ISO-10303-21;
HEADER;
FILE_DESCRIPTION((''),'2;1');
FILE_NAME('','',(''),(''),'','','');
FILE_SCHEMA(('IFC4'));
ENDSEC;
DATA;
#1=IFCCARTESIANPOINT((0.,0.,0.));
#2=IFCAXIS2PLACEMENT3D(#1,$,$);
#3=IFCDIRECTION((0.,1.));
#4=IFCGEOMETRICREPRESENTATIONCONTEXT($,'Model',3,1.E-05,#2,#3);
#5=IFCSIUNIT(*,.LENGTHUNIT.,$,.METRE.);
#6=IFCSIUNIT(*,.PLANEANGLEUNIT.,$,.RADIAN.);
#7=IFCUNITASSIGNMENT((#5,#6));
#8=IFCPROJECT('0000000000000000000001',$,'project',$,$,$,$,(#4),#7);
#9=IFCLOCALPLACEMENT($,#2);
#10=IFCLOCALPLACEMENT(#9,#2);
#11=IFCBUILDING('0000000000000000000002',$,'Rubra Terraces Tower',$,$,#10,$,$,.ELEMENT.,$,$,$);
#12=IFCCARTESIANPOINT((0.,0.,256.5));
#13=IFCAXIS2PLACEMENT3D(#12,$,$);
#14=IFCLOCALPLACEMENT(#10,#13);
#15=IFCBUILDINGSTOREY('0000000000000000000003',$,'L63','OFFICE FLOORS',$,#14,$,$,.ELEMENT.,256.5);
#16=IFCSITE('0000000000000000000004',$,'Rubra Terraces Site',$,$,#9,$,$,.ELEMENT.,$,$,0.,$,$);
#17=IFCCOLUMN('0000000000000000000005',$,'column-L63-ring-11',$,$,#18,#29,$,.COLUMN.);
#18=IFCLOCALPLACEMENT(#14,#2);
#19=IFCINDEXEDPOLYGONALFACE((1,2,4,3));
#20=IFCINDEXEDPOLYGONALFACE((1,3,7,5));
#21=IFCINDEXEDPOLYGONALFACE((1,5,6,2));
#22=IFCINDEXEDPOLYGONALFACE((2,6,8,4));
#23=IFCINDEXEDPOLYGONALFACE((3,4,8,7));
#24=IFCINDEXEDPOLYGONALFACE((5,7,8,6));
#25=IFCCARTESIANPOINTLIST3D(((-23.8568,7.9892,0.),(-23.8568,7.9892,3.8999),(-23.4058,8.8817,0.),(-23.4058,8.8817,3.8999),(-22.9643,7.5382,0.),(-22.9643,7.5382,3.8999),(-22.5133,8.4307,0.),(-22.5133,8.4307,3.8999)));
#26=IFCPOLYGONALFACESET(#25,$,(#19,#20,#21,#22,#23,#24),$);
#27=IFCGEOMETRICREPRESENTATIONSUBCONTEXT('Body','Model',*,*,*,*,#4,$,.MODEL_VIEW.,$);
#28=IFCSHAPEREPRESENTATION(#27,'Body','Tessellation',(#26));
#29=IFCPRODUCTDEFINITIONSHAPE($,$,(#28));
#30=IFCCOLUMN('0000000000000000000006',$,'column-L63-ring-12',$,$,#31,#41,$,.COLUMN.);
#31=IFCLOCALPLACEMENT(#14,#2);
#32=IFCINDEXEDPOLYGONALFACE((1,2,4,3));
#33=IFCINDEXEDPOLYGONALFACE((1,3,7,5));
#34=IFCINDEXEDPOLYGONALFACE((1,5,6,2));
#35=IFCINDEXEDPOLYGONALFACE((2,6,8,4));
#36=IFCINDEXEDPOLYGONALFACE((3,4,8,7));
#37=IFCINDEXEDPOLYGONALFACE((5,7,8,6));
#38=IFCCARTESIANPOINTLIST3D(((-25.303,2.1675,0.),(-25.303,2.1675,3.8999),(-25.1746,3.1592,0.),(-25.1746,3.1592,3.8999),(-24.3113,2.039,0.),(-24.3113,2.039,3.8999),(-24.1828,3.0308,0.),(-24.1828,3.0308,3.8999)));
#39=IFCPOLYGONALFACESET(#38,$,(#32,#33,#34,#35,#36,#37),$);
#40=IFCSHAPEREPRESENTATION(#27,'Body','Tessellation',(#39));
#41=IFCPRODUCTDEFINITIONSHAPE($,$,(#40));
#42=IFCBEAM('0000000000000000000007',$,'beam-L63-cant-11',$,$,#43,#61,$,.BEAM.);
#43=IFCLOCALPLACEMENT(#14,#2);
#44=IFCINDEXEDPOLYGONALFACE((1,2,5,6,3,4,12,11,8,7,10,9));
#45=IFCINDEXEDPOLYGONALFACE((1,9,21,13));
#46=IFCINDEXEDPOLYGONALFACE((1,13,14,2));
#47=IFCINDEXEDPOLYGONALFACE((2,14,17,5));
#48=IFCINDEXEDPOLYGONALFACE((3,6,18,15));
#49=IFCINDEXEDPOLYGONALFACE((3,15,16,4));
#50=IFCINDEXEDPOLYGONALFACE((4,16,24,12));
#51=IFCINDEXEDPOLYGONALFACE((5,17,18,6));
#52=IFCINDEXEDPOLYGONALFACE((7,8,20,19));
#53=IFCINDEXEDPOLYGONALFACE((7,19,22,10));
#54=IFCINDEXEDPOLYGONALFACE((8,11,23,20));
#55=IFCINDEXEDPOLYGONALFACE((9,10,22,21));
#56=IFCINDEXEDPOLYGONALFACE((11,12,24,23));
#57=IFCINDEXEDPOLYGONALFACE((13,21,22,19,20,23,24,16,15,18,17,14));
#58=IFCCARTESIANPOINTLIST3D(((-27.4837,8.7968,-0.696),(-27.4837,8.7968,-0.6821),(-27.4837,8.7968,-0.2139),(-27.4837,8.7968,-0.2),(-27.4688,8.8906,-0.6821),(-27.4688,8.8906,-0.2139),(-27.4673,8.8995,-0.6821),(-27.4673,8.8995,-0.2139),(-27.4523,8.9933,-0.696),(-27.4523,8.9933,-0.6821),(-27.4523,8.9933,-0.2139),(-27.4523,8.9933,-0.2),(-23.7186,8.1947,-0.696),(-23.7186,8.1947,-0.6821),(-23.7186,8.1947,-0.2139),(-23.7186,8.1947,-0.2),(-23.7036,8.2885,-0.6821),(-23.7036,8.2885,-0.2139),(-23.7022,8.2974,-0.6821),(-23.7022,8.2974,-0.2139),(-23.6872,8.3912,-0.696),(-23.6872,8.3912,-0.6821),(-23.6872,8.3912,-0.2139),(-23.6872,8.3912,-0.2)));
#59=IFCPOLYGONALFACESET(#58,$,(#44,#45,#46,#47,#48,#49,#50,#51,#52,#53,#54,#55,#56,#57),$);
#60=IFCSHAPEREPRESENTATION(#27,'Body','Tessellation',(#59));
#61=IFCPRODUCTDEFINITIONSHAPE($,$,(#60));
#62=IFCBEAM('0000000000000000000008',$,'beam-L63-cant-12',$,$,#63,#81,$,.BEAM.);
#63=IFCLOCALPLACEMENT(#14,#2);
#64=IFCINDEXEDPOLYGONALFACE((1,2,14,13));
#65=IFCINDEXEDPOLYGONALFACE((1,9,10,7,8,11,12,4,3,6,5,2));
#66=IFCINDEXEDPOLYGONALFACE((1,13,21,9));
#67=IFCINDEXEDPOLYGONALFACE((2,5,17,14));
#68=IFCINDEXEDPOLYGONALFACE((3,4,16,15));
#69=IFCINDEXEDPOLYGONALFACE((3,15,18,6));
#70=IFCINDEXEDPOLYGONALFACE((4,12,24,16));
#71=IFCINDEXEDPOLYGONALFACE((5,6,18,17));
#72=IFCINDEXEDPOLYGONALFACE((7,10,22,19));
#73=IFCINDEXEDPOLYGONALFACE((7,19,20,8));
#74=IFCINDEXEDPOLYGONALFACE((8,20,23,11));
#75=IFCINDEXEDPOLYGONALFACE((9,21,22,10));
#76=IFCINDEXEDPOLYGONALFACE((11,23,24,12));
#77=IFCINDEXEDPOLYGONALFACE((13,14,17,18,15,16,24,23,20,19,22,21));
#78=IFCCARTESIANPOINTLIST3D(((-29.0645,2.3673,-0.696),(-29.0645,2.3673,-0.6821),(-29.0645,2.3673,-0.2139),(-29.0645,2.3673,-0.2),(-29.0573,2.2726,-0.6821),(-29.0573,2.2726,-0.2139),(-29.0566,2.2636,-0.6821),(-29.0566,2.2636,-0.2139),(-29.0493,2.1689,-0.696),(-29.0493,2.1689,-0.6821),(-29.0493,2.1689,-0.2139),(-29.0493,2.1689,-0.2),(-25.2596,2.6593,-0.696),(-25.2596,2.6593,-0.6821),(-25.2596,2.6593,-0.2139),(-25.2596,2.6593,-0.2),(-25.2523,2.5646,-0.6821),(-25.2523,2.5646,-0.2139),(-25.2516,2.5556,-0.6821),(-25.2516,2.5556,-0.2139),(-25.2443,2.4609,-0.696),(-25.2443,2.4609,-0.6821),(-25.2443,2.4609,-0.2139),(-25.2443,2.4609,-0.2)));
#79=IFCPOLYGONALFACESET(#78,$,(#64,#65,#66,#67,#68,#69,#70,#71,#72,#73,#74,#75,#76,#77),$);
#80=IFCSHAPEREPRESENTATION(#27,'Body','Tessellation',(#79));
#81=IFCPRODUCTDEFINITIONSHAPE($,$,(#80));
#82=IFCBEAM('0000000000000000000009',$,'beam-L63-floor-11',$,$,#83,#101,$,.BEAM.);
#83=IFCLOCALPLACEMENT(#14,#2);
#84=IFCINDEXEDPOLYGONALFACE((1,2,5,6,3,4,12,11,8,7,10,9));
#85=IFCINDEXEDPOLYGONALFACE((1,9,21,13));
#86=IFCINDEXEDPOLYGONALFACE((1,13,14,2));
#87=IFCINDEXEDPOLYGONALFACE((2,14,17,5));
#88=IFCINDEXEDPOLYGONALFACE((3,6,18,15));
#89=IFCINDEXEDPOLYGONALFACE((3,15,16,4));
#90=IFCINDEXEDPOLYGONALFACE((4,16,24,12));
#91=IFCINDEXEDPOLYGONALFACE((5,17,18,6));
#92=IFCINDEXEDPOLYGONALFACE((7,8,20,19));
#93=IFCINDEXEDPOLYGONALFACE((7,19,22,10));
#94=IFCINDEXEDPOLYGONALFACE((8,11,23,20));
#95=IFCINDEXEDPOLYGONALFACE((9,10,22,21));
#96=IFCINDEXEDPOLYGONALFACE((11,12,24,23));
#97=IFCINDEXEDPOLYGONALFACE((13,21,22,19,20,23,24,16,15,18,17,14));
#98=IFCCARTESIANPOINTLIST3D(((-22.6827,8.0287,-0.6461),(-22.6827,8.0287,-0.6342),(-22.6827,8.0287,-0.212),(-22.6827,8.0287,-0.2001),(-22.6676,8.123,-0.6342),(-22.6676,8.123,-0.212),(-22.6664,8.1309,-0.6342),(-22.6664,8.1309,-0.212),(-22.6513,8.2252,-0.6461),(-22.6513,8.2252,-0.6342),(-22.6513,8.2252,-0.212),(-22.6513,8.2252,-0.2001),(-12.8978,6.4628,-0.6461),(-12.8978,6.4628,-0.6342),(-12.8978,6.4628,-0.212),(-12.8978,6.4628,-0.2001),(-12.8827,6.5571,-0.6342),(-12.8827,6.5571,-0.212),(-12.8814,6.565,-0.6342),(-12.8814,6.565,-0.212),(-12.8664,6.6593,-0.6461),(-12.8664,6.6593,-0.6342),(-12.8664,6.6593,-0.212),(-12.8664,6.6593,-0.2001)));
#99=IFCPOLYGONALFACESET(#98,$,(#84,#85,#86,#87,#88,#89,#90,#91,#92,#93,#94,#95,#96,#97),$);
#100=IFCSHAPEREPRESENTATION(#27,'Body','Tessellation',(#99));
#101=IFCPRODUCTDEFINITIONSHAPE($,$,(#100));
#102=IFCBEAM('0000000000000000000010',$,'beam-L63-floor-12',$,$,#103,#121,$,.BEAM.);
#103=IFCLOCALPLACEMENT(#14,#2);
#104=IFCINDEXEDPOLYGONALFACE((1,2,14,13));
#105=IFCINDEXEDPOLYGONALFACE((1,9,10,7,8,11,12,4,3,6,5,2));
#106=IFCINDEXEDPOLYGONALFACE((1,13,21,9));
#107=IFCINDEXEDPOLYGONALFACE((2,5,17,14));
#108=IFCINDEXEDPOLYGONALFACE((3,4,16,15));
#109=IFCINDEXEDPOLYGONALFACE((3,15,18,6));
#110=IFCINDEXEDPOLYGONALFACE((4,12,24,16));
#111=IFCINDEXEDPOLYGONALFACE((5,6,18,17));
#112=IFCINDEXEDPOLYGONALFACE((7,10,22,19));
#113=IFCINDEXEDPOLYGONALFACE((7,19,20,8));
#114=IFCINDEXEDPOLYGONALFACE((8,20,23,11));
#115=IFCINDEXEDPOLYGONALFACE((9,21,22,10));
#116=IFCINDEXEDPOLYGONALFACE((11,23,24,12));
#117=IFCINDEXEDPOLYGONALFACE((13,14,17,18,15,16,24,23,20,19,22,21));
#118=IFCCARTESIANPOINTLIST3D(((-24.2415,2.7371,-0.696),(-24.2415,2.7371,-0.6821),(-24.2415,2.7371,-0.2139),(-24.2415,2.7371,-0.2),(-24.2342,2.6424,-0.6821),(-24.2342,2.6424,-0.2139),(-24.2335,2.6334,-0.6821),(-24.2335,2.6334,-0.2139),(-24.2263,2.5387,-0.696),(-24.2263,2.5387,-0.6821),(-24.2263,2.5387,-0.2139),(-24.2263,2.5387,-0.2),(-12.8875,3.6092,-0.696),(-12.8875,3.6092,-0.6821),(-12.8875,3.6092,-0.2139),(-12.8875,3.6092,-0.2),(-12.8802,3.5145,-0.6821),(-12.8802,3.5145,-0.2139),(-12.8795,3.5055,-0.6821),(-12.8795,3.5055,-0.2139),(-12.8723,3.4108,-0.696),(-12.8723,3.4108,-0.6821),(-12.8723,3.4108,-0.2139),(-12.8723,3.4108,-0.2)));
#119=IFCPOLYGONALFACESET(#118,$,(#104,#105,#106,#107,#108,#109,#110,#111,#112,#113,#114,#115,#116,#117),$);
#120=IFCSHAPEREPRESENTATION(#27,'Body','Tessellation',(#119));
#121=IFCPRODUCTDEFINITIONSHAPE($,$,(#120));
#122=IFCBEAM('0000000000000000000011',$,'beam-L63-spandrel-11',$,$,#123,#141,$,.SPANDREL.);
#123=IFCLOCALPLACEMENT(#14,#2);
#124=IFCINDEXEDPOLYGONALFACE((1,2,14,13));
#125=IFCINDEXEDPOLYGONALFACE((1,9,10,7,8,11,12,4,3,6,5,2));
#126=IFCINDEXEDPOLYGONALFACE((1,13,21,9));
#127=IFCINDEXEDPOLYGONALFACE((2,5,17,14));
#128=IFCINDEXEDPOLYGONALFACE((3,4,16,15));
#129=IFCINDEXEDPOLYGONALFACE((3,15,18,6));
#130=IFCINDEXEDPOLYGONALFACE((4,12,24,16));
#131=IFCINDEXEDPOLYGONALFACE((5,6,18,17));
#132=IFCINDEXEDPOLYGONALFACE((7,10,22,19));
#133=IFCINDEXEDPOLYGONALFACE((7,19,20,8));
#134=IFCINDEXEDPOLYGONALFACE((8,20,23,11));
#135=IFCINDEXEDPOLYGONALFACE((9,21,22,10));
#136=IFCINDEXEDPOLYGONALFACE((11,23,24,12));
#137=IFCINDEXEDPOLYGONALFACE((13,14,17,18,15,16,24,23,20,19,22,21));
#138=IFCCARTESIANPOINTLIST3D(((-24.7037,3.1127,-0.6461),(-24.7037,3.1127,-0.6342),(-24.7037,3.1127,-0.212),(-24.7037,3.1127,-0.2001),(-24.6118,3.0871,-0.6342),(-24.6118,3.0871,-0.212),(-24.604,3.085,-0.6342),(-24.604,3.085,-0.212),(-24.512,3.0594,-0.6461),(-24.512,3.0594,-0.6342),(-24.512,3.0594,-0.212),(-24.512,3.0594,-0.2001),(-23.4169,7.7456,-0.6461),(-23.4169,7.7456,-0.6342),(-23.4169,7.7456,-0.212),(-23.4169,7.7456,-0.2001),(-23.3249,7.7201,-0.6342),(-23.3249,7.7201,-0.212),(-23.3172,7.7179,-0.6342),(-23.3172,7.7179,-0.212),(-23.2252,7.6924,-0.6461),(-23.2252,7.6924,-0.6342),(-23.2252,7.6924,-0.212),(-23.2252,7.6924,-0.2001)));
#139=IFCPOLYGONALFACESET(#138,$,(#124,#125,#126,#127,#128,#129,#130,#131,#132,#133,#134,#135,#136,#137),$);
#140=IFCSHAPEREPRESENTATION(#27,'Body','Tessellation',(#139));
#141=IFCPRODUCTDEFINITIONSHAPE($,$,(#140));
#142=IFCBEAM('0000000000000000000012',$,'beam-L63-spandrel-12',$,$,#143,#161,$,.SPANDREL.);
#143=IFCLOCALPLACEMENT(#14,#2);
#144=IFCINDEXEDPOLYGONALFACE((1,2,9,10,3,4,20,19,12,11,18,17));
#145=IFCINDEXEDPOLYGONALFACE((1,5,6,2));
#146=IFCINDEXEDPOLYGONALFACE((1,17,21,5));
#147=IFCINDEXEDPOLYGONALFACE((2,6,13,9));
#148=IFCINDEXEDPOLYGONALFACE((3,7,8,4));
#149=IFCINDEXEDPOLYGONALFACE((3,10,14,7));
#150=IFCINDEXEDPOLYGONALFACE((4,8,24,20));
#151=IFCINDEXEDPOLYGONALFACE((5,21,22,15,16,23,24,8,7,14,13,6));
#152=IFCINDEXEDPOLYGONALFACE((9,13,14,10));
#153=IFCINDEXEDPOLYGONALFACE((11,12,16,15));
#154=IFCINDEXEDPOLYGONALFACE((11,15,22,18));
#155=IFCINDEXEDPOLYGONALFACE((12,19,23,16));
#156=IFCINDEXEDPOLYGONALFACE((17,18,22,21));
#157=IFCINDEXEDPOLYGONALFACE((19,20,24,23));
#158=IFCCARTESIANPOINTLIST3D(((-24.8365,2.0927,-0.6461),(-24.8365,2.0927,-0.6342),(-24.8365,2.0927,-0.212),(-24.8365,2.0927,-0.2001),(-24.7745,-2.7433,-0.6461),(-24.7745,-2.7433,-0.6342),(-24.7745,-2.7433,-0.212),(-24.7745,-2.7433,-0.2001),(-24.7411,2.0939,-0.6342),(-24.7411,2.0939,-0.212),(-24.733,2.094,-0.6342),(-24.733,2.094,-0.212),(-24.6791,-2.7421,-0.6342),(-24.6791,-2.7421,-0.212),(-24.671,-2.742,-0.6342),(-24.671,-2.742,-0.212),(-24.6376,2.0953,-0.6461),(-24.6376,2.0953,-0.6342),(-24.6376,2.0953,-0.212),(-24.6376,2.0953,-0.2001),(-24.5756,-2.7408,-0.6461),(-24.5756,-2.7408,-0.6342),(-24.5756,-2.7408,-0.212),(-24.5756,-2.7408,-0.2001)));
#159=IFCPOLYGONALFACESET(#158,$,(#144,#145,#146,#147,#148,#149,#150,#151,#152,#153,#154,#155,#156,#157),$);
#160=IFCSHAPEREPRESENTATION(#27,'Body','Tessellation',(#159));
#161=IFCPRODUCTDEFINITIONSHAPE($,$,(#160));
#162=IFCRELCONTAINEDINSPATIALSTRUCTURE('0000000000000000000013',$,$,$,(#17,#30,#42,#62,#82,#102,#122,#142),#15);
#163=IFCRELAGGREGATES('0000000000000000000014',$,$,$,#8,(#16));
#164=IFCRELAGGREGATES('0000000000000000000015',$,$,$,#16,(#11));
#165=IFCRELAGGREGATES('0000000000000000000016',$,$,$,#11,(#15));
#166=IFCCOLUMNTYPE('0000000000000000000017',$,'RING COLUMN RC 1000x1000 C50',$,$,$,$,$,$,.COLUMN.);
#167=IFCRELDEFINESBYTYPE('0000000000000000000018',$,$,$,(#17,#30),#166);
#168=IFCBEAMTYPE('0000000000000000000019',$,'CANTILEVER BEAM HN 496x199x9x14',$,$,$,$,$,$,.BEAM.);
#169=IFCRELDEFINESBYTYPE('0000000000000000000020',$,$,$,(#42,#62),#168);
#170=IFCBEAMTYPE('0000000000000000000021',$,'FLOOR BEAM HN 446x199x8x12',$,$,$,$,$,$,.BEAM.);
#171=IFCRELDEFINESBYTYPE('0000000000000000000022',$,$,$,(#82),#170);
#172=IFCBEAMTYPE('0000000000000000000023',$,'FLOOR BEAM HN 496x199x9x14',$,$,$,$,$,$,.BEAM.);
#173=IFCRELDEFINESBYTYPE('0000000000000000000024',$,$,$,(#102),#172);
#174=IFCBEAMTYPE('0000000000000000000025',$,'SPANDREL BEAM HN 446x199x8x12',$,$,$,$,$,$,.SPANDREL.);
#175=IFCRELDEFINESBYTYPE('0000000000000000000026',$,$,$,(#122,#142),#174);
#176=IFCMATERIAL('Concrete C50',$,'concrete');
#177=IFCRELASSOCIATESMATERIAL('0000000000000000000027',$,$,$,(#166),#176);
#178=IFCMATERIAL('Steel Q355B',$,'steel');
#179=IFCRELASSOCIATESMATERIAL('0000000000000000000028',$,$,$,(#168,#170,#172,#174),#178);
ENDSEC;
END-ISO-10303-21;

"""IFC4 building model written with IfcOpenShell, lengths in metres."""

from ifc_helpers import new_model, si_unit, direction, frame, origin, origin_2d, place, context, subcontext, project, spatial, rectangle, i_section, extrude, material, material_profile, profile_set, type_object, element, save


model = new_model("IFC4")

# Units and contexts
model_context = context("Model", 3, precision=1e-05, world=origin(), true_north=direction((0.0, 1.0)))
body_context = subcontext(model_context, "Body", "Model", "MODEL_VIEW")
ifc_project = project(units=[si_unit("LENGTHUNIT", "METRE"), si_unit("PLANEANGLEUNIT", "RADIAN")], contexts=[model_context])

# Site, building, storey
site_placement = place(None, origin())
site = spatial("IfcSite", under=ifc_project, at=site_placement, Name="Rubra Terraces Site", CompositionType="ELEMENT", RefElevation=0.0)
building_placement = place(site_placement, origin())
building = spatial("IfcBuilding", under=site, at=building_placement, Name="Rubra Terraces Tower", CompositionType="ELEMENT")
storey_placement = place(building_placement, frame((0.0, 0.0, 256.5)))
storey = spatial("IfcBuildingStorey", under=building, at=storey_placement, Name="L63", Description="OFFICE FLOORS", CompositionType="ELEMENT", Elevation=256.5)

# Columns
ifc_material_1 = material(Name="Concrete C50", Category="concrete")
ifc_material_profile_1 = material_profile(ifc_material_1, rectangle(XDim=1.0, YDim=1.0, at=origin_2d()), Name="RC 1000x1000")
ifc_profile_set_1 = profile_set([ifc_material_profile_1], Name="Concrete C50")
column_type = type_object("IfcColumnType", Name="RING COLUMN RC 1000x1000 C50", PredefinedType="COLUMN", material=ifc_profile_set_1)
for number, where, z_axis, x_axis, name in (
    (1, (-23.1851, 8.21, 0.0), (0.0, 0.0, 1.0), (-0.451028, -0.89251, 0.0), "column-L63-ring-11"),
    (2, (-24.7429, 2.5991, 0.0), (0.0, 0.0, 1.0), (-0.128444, -0.991717, 0.0), "column-L63-ring-12"),
):
    element("IfcColumn", number, at=place(storey_placement, frame(where, z_axis=z_axis, x_axis=x_axis)), inside=storey, type_object=column_type, Name=name, PredefinedType="COLUMN", context=body_context, shape_type="SweptSolid", body=[
        extrude(rectangle(XDim=1.0, YDim=1.0, at=origin_2d()), origin(), (0.0, 0.0, 1.0), 3.8999),
    ])

# Beams
ifc_material_2 = material(Name="Steel Q355B", Category="steel")
ifc_material_profile_2 = material_profile(ifc_material_2, i_section(OverallWidth=0.199, OverallDepth=0.4961, WebThickness=0.009, FlangeThickness=0.0139, at=origin_2d()), Name="HN 496x199x9x14")
ifc_profile_set_2 = profile_set([ifc_material_profile_2], Name="Steel Q355B")
beam_type_1 = type_object("IfcBeamType", Name="CANTILEVER BEAM HN 496x199x9x14", PredefinedType="BEAM", material=ifc_profile_set_2)
beam_1_placement = place(storey_placement, frame((-23.7029, 8.293, -0.448), z_axis=(-0.987456, 0.157896, 0.0), x_axis=(-0.157896, -0.987456, 0.0)))
element("IfcBeam", 3, at=beam_1_placement, inside=storey, type_object=beam_type_1, Name="beam-L63-cant-11", PredefinedType="BEAM", context=body_context, shape_type="SweptSolid", body=[
    extrude(i_section(OverallWidth=0.199, OverallDepth=0.4961, WebThickness=0.009, FlangeThickness=0.0139, at=origin_2d()), origin(), (0.0, 0.0, 1.0), 3.813),
])
beam_2_placement = place(storey_placement, frame((-25.252, 2.5601, -0.448), z_axis=(-0.997068, -0.076515, 0.0), x_axis=(0.076515, -0.997068, 0.0)))
element("IfcBeam", 4, at=beam_2_placement, inside=storey, type_object=beam_type_1, Name="beam-L63-cant-12", PredefinedType="BEAM", context=body_context, shape_type="SweptSolid", body=[
    extrude(i_section(OverallWidth=0.199, OverallDepth=0.4961, WebThickness=0.009, FlangeThickness=0.0139, at=origin_2d()), origin(), (0.0, 0.0, 1.0), 3.8162),
])
ifc_material_profile_3 = material_profile(ifc_material_2, i_section(OverallWidth=0.199, OverallDepth=0.446, WebThickness=0.0081, FlangeThickness=0.012, at=origin_2d()), Name="HN 446x199x8x12")
ifc_profile_set_3 = profile_set([ifc_material_profile_3], Name="Steel Q355B")
beam_type_2 = type_object("IfcBeamType", Name="FLOOR BEAM HN 446x199x8x12", PredefinedType="BEAM", material=ifc_profile_set_3)
beam_3_placement = place(storey_placement, frame((-22.667, 8.127, -0.4231), z_axis=(0.987435, -0.158023, 0.0), x_axis=(0.158023, 0.987435, 0.0)))
element("IfcBeam", 5, at=beam_3_placement, inside=storey, type_object=beam_type_2, Name="beam-L63-floor-11", PredefinedType="BEAM", context=body_context, shape_type="SweptSolid", body=[
    extrude(i_section(OverallWidth=0.199, OverallDepth=0.446, WebThickness=0.0081, FlangeThickness=0.012, at=origin_2d()), origin(), (0.0, 0.0, 1.0), 9.9094),
])
ifc_material_profile_4 = material_profile(ifc_material_2, i_section(OverallWidth=0.199, OverallDepth=0.4961, WebThickness=0.009, FlangeThickness=0.0139, at=origin_2d()), Name="HN 496x199x9x14")
ifc_profile_set_4 = profile_set([ifc_material_profile_4], Name="Steel Q355B")
beam_type_3 = type_object("IfcBeamType", Name="FLOOR BEAM HN 496x199x9x14", PredefinedType="BEAM", material=ifc_profile_set_4)
beam_4_placement = place(storey_placement, frame((-24.2339, 2.6379, -0.448), z_axis=(0.997063, 0.076582, 0.0), x_axis=(-0.076582, 0.997063, 0.0)))
element("IfcBeam", 6, at=beam_4_placement, inside=storey, type_object=beam_type_3, Name="beam-L63-floor-12", PredefinedType="BEAM", context=body_context, shape_type="SweptSolid", body=[
    extrude(i_section(OverallWidth=0.199, OverallDepth=0.4961, WebThickness=0.009, FlangeThickness=0.0139, at=origin_2d()), origin(), (0.0, 0.0, 1.0), 11.3875),
])
ifc_material_profile_5 = material_profile(ifc_material_2, i_section(OverallWidth=0.199, OverallDepth=0.446, WebThickness=0.0081, FlangeThickness=0.012, at=origin_2d()), Name="HN 446x199x8x12")
ifc_profile_set_5 = profile_set([ifc_material_profile_5], Name="Steel Q355B")
beam_type_4 = type_object("IfcBeamType", Name="SPANDREL BEAM HN 446x199x8x12", PredefinedType="SPANDREL", material=ifc_profile_set_5)
beam_5_placement = place(storey_placement, frame((-23.321, 7.719, -0.4231), z_axis=(-0.267626, -0.963523, 0.0), x_axis=(0.963523, -0.267626, 0.0)))
element("IfcBeam", 7, at=beam_5_placement, inside=storey, type_object=beam_type_4, Name="beam-L63-spandrel-11", PredefinedType="SPANDREL", context=body_context, shape_type="SweptSolid", body=[
    extrude(i_section(OverallWidth=0.199, OverallDepth=0.446, WebThickness=0.0081, FlangeThickness=0.012, at=origin_2d()), origin(), (0.0, 0.0, 1.0), 4.8083),
])
beam_6_placement = place(storey_placement, frame((-24.7371, 2.094, -0.4231), z_axis=(0.012822, -0.999918, 0.0), x_axis=(0.999918, 0.012822, 0.0)))
element("IfcBeam", 8, at=beam_6_placement, inside=storey, type_object=beam_type_4, Name="beam-L63-spandrel-12", PredefinedType="SPANDREL", context=body_context, shape_type="SweptSolid", body=[
    extrude(i_section(OverallWidth=0.199, OverallDepth=0.446, WebThickness=0.0081, FlangeThickness=0.012, at=origin_2d()), origin(), (0.0, 0.0, 1.0), 4.8364),
])

save(model, "model.ifc")
